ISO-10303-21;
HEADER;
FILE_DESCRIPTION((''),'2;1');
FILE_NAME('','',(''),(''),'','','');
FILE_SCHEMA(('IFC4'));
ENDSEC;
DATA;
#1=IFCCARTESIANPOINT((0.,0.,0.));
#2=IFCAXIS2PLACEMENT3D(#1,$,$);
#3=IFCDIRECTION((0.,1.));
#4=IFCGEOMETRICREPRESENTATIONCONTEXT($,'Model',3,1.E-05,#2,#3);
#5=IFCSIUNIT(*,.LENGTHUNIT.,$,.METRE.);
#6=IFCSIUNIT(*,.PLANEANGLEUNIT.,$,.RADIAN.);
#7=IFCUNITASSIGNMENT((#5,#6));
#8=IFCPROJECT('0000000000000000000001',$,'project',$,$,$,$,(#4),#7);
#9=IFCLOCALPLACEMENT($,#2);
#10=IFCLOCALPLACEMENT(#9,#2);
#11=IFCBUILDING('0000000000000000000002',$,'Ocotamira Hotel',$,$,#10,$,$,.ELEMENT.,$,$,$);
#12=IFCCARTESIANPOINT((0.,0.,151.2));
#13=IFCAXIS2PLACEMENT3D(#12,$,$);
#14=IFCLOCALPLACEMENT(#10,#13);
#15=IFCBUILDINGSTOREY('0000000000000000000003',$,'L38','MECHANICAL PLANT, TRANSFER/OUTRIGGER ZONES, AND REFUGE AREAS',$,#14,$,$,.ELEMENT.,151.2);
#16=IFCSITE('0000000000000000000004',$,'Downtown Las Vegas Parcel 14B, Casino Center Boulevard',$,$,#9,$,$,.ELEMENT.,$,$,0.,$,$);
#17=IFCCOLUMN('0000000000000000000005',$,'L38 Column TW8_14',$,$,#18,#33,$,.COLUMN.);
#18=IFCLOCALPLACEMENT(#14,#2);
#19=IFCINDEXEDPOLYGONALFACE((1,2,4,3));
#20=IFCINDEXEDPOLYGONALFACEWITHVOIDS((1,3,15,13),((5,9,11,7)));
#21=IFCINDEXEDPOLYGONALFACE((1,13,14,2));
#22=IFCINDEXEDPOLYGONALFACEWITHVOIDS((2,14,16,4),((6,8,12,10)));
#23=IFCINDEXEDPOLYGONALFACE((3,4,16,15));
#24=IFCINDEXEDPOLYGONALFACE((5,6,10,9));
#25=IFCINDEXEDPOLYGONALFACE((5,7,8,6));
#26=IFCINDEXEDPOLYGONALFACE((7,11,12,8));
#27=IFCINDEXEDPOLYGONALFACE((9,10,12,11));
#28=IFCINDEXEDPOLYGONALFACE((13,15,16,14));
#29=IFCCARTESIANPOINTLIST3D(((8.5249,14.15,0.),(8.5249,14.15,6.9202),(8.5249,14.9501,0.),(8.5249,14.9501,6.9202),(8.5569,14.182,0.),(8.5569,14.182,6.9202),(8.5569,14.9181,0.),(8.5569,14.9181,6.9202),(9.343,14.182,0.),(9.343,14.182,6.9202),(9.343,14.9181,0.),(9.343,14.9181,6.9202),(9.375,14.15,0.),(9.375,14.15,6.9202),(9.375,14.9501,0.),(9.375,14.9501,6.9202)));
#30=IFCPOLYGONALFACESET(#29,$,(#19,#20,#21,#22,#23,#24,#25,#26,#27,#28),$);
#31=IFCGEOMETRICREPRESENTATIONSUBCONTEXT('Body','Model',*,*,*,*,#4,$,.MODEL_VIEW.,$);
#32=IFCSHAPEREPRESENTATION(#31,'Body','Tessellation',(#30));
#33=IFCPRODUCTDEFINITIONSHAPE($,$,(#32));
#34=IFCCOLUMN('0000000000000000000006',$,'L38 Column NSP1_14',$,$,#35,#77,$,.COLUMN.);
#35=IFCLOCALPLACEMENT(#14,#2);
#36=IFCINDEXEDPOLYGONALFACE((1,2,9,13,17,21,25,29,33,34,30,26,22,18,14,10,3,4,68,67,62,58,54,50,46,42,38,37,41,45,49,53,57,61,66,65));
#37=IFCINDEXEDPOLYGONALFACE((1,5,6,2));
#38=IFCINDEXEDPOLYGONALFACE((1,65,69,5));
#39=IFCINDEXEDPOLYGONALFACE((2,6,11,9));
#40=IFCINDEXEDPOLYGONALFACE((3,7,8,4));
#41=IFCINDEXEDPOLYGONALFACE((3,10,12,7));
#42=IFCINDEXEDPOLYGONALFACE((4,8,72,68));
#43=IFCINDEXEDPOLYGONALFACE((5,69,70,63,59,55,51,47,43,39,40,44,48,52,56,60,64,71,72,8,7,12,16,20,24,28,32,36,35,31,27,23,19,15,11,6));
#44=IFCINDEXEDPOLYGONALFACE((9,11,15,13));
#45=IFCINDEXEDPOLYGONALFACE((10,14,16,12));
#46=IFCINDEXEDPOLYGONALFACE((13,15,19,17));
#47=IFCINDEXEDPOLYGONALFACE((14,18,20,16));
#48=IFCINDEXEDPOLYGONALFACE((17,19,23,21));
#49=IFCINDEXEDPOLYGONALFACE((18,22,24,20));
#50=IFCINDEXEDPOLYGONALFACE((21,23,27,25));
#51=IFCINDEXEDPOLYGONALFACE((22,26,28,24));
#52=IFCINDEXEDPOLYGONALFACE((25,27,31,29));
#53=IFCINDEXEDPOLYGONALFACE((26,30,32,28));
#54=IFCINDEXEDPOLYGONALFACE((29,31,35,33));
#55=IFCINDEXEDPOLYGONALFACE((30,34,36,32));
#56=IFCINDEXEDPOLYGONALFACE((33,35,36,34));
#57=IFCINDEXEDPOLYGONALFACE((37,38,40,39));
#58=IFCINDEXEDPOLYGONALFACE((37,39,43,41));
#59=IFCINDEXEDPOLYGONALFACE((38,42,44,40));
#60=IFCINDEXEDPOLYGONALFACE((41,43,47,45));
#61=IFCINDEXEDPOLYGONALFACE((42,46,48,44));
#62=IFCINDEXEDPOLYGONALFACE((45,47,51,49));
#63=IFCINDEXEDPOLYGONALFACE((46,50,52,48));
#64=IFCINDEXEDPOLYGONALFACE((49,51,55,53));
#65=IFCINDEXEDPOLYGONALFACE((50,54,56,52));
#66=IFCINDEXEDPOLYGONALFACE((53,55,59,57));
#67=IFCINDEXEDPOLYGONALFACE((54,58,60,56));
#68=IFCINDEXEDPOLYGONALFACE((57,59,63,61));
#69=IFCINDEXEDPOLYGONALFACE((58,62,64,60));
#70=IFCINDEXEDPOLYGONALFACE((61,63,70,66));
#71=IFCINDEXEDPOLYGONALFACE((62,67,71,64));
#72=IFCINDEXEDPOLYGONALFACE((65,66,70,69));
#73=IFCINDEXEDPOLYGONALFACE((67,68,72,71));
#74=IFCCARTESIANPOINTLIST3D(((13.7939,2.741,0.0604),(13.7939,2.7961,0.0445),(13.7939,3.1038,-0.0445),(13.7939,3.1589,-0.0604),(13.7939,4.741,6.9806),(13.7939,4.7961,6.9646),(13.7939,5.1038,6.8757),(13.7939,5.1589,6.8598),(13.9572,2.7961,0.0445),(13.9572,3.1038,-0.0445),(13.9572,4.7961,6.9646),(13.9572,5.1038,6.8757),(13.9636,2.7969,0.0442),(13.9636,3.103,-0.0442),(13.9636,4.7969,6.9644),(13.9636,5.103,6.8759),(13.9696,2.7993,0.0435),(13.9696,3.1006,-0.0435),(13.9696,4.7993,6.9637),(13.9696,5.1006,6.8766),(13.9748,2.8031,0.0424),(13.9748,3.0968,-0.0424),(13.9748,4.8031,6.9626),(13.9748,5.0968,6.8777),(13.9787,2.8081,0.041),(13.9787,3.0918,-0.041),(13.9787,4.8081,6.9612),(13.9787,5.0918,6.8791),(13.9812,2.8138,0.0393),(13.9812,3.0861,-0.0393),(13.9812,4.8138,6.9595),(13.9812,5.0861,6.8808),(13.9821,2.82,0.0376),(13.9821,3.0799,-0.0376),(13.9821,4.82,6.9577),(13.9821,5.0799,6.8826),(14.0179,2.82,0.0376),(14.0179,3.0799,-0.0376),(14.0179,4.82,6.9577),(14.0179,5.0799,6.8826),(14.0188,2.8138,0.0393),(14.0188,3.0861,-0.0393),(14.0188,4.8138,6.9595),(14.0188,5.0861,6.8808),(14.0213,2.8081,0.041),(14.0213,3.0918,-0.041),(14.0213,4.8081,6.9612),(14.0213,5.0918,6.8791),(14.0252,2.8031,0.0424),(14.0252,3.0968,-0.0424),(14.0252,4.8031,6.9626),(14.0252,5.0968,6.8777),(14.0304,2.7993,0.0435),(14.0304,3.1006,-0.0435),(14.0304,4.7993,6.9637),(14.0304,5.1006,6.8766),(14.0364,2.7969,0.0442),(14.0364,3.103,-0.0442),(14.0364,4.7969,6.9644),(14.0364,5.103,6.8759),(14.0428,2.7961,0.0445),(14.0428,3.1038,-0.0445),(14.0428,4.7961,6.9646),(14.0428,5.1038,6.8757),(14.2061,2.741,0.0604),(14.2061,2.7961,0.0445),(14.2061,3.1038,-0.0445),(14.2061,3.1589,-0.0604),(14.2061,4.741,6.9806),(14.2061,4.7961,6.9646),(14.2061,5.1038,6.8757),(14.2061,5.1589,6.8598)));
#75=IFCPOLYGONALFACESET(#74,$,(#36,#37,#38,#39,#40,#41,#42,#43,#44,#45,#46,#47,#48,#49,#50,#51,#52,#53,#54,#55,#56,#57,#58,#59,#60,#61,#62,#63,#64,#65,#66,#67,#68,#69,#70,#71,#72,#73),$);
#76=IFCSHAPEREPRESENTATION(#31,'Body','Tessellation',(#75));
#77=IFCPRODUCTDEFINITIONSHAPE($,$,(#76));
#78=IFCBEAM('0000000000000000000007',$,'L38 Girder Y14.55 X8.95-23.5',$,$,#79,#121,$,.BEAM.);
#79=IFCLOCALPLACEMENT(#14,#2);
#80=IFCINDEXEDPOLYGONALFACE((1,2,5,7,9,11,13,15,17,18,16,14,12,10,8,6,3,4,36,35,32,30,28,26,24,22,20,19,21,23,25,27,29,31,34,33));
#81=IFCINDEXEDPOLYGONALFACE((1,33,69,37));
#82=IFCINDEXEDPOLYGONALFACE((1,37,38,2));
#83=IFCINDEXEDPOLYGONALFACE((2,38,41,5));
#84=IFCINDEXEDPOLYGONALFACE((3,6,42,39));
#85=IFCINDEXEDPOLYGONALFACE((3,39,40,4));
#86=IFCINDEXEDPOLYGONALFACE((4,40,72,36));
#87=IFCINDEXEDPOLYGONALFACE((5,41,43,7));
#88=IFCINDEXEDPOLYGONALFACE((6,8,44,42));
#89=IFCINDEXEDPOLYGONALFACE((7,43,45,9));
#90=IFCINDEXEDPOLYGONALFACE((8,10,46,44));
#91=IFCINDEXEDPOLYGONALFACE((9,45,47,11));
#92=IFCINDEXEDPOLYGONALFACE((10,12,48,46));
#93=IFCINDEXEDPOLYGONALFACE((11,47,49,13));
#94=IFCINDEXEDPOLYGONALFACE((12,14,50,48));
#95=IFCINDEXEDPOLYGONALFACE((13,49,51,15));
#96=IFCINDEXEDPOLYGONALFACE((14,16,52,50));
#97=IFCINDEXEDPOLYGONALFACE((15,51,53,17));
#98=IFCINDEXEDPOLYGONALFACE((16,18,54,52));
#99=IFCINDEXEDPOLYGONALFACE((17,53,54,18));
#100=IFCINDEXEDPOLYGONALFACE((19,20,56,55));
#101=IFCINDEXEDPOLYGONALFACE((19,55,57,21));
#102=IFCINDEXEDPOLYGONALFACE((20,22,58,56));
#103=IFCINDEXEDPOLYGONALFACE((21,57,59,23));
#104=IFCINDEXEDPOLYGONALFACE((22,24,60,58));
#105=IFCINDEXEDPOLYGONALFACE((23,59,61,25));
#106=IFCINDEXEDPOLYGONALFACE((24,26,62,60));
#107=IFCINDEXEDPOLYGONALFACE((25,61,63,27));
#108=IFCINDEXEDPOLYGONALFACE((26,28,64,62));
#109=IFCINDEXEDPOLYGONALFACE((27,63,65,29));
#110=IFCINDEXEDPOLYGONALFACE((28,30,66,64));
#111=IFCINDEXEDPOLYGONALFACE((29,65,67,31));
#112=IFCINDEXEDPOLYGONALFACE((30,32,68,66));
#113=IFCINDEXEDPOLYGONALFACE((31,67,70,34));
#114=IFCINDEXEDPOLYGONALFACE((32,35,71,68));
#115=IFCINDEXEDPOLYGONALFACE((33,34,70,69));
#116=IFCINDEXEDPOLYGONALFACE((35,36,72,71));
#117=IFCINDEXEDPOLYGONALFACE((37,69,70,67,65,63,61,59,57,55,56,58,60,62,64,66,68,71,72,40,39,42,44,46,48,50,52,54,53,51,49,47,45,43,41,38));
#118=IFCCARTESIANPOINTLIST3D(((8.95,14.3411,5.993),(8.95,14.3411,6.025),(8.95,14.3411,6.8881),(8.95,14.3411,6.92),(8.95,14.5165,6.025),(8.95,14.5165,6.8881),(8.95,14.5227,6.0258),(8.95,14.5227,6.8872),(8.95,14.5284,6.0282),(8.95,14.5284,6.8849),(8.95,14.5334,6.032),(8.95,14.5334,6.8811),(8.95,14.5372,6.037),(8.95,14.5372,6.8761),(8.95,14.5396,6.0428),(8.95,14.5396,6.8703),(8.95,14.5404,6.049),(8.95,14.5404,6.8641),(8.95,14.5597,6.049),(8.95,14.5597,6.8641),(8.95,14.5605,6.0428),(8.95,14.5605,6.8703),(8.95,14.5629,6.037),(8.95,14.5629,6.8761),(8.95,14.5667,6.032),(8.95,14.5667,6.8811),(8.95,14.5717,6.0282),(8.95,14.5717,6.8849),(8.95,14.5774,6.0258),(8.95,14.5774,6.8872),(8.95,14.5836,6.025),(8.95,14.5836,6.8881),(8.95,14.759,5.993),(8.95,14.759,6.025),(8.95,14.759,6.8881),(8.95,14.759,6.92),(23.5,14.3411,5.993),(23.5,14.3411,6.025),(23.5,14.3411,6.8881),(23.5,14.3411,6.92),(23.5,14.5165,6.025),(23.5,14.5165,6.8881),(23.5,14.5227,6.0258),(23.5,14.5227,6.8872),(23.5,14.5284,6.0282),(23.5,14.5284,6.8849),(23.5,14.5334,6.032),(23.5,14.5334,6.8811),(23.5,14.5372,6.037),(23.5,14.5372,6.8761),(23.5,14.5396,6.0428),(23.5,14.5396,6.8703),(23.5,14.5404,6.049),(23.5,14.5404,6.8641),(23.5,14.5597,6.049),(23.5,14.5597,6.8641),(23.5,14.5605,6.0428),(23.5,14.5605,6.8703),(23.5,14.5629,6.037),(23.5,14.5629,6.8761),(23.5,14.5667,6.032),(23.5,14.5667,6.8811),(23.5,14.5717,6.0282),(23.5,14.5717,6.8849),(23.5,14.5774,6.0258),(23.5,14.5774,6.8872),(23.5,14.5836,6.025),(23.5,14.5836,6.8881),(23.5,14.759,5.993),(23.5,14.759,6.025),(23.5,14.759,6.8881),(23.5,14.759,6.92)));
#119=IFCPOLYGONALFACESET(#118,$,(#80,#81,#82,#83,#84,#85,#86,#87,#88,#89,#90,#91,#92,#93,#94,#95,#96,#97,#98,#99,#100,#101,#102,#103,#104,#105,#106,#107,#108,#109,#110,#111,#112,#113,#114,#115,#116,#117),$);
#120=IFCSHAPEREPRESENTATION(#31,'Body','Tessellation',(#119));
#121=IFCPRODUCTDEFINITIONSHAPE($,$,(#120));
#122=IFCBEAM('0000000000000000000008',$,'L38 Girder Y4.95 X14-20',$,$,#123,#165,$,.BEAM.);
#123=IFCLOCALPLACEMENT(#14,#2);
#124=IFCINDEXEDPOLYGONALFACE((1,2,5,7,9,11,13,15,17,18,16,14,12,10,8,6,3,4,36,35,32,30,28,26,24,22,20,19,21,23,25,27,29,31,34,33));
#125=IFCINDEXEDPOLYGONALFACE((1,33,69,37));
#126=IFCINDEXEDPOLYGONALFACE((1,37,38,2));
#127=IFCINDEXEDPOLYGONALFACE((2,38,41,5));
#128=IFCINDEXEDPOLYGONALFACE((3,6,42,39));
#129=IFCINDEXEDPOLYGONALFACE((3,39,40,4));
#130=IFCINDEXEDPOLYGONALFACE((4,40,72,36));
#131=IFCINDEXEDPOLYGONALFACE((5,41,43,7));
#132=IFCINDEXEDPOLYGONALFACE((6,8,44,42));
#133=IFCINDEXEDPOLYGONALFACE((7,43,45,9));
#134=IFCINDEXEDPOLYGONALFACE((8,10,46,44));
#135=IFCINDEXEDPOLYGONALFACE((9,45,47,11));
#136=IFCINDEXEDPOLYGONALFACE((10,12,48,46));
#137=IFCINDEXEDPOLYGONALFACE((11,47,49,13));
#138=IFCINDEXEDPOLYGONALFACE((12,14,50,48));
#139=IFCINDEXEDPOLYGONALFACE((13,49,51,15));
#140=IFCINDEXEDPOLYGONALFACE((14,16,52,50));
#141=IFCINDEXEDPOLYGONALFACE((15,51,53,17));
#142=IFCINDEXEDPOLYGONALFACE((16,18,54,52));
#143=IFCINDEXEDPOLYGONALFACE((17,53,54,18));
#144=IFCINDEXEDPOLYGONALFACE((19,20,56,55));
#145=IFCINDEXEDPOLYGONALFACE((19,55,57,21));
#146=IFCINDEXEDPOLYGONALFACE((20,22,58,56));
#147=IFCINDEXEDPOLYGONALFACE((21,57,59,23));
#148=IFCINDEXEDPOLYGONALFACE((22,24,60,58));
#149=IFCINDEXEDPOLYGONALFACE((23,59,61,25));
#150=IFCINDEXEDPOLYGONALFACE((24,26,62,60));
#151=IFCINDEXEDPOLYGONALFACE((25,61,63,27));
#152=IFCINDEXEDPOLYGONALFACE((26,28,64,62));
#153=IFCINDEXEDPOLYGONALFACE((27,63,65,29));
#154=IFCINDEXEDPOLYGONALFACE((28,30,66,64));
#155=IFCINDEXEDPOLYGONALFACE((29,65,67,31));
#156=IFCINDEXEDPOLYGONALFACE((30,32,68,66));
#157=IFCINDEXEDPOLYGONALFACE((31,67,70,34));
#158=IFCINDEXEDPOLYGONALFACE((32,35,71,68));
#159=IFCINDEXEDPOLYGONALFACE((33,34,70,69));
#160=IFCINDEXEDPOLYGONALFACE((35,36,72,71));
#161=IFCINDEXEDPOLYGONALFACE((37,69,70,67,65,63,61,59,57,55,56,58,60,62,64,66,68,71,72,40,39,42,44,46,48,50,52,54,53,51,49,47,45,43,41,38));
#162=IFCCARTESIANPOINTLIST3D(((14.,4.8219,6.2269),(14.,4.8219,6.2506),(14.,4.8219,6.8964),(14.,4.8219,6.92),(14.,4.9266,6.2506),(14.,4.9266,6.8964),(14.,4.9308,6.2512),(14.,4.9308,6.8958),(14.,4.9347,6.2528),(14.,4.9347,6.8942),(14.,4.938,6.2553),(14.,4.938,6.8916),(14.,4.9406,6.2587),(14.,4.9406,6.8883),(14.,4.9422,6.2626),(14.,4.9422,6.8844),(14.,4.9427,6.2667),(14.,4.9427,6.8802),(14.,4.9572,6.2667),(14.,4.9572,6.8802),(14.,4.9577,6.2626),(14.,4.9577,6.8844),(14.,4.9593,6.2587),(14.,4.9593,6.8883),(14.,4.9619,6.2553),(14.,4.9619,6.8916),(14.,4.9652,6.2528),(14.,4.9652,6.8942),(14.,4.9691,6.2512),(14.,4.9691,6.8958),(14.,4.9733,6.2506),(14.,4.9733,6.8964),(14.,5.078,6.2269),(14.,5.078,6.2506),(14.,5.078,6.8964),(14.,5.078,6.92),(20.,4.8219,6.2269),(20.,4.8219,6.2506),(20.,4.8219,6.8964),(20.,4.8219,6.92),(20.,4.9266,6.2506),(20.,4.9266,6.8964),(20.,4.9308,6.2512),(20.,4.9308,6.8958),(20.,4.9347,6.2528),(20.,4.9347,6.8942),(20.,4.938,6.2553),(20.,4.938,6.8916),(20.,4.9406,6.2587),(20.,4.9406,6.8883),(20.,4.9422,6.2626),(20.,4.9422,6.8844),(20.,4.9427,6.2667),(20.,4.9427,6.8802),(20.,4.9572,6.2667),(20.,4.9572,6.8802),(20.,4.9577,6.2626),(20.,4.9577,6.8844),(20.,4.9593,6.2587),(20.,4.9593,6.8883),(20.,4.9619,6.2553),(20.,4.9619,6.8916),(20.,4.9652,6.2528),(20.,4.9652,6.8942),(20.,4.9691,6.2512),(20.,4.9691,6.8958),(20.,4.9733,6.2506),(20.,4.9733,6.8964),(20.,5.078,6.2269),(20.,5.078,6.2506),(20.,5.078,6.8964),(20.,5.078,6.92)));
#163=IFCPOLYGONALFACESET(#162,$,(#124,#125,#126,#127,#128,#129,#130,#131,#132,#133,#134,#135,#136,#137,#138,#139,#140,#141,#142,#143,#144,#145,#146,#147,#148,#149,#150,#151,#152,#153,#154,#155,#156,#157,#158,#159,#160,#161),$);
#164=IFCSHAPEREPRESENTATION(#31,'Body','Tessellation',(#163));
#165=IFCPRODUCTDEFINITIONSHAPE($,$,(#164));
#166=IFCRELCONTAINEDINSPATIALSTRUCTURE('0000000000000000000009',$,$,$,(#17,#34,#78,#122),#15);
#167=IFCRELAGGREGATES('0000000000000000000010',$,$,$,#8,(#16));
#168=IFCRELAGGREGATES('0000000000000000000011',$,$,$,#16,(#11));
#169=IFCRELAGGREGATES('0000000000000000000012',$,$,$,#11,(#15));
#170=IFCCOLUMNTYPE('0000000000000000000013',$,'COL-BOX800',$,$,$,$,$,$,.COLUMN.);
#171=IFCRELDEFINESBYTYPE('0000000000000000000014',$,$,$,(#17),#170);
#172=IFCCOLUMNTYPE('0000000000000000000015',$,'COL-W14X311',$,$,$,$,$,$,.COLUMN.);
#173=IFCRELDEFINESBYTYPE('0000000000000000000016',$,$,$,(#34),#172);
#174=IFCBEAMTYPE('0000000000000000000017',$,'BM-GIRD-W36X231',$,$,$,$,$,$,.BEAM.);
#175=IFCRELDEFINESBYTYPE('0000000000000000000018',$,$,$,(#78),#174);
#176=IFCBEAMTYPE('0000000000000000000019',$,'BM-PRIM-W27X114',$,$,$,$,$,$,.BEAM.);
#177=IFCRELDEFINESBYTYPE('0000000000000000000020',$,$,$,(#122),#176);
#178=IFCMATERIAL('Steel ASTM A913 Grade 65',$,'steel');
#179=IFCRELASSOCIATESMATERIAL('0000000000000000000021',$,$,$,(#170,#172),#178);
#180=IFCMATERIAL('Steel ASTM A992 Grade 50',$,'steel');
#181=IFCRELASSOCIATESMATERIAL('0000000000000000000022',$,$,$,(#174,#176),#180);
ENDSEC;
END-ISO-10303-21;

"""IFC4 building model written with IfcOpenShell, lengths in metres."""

from ifc_helpers import new_model, si_unit, direction, frame, origin, origin_2d, place, context, subcontext, project, spatial, hollow_rectangle, i_section, extrude, source, transform, mapped, material, material_profile, profile_set, type_object, element, save


model = new_model("IFC4")

# Units and contexts
model_context = context("Model", 3, precision=1e-05, world=origin(), true_north=direction((0.0, 1.0)))
body_context = subcontext(model_context, "Body", "Model", "MODEL_VIEW")
ifc_project = project(units=[si_unit("LENGTHUNIT", "METRE"), si_unit("PLANEANGLEUNIT", "RADIAN")], contexts=[model_context])

# Site, building, storey
site_placement = place(None, origin())
site = spatial("IfcSite", under=ifc_project, at=site_placement, Name="Downtown Las Vegas Parcel 14B, Casino Center Boulevard", CompositionType="ELEMENT", RefElevation=0.0)
building_placement = place(site_placement, origin())
building = spatial("IfcBuilding", under=site, at=building_placement, Name="Ocotamira Hotel", CompositionType="ELEMENT")
storey_placement = place(building_placement, frame((0.0, 0.0, 151.2)))
storey = spatial("IfcBuildingStorey", under=building, at=storey_placement, Name="L38", Description="MECHANICAL PLANT, TRANSFER/OUTRIGGER ZONES, AND REFUGE AREAS", CompositionType="ELEMENT", Elevation=151.2)

# Columns
ifc_material_1 = material(Name="Steel ASTM A913 Grade 65", Category="steel")
ifc_material_profile_1 = material_profile(ifc_material_1, hollow_rectangle(XDim=0.8501, YDim=0.8, WallThickness=0.032, at=origin_2d()), Name="BOX800X850X32")
ifc_profile_set_1 = profile_set([ifc_material_profile_1], Name="Steel ASTM A913 Grade 65")
column_type_1 = type_object("IfcColumnType", Name="COL-BOX800", PredefinedType="COLUMN", material=ifc_profile_set_1)
shared_shape_1 = source(origin(), body_context, "Body", "SweptSolid", [
    extrude(hollow_rectangle(XDim=0.8501, YDim=0.8, WallThickness=0.032, at=origin_2d()), origin(), (0.0, 0.0, 1.0), 6.9202),
])
column_1_placement = place(storey_placement, frame((8.95, 14.55, 0.0), z_axis=(0.0, 0.0, 1.0), x_axis=(1.0, 0.0, 0.0)))
element("IfcColumn", 1, at=column_1_placement, inside=storey, type_object=column_type_1, Name="L38 Column TW8_14", PredefinedType="COLUMN", context=body_context, shape_type="MappedRepresentation", body=[
    mapped(shared_shape_1, transform((0.0, 0.0, 0.0), scale=1.0)),
])
ifc_material_profile_2 = material_profile(ifc_material_1, i_section(OverallWidth=0.4121, OverallDepth=0.4351, WebThickness=0.0359, FlangeThickness=0.0574, FilletRadius=0.0249, at=origin_2d()), Name="W14X311")
ifc_profile_set_2 = profile_set([ifc_material_profile_2], Name="Steel ASTM A913 Grade 65")
column_type_2 = type_object("IfcColumnType", Name="COL-W14X311", PredefinedType="COLUMN", material=ifc_profile_set_2)
shared_shape_2 = source(origin(), body_context, "Body", "SweptSolid", [
    extrude(i_section(OverallWidth=0.4121, OverallDepth=0.4351, WebThickness=0.0359, FlangeThickness=0.0574, FilletRadius=0.0249, at=origin_2d()), origin(), (0.0, 0.0, 1.0), 7.2034),
])
column_2_placement = place(storey_placement, frame((14.0, 2.95, 0.0), z_axis=(0.0, 0.277647, 0.960683), x_axis=(-1.0, 0.0, 0.0)))
element("IfcColumn", 2, at=column_2_placement, inside=storey, type_object=column_type_2, Name="L38 Column NSP1_14", PredefinedType="COLUMN", context=body_context, shape_type="MappedRepresentation", body=[
    mapped(shared_shape_2, transform((0.0, 0.0, 0.0), scale=1.0)),
])

# Beams
ifc_material_2 = material(Name="Steel ASTM A992 Grade 50", Category="steel")
ifc_material_profile_3 = material_profile(ifc_material_2, i_section(OverallWidth=0.418, OverallDepth=0.927, WebThickness=0.0193, FlangeThickness=0.032, FilletRadius=0.0239, at=origin_2d()), Name="W36X231")
ifc_profile_set_3 = profile_set([ifc_material_profile_3], Name="Steel ASTM A992 Grade 50")
beam_type_1 = type_object("IfcBeamType", Name="BM-GIRD-W36X231", PredefinedType="BEAM", material=ifc_profile_set_3)
shared_shape_3 = source(origin(), body_context, "Body", "SweptSolid", [
    extrude(i_section(OverallWidth=0.418, OverallDepth=0.927, WebThickness=0.0193, FlangeThickness=0.032, FilletRadius=0.0239, at=origin_2d()), origin(), (0.0, 0.0, 1.0), 14.55),
])
beam_1_placement = place(storey_placement, frame((8.95, 14.55, 6.4565), z_axis=(1.0, 0.0, 0.0), x_axis=(0.0, 1.0, 0.0)))
element("IfcBeam", 3, at=beam_1_placement, inside=storey, type_object=beam_type_1, Name="L38 Girder Y14.55 X8.95-23.5", PredefinedType="BEAM", context=body_context, shape_type="MappedRepresentation", body=[
    mapped(shared_shape_3, transform((0.0, 0.0, 0.0), scale=1.0)),
])
ifc_material_profile_4 = material_profile(ifc_material_2, i_section(OverallWidth=0.2561, OverallDepth=0.6931, WebThickness=0.0144, FlangeThickness=0.0237, FilletRadius=0.0161, at=origin_2d()), Name="W27X114")
ifc_profile_set_4 = profile_set([ifc_material_profile_4], Name="Steel ASTM A992 Grade 50")
beam_type_2 = type_object("IfcBeamType", Name="BM-PRIM-W27X114", PredefinedType="BEAM", material=ifc_profile_set_4)
shared_shape_4 = source(origin(), body_context, "Body", "SweptSolid", [
    extrude(i_section(OverallWidth=0.2561, OverallDepth=0.6931, WebThickness=0.0144, FlangeThickness=0.0237, FilletRadius=0.0161, at=origin_2d()), origin(), (0.0, 0.0, 1.0), 6.0),
])
beam_2_placement = place(storey_placement, frame((14.0, 4.95, 6.5735), z_axis=(1.0, 0.0, 0.0), x_axis=(0.0, 1.0, 0.0)))
element("IfcBeam", 4, at=beam_2_placement, inside=storey, type_object=beam_type_2, Name="L38 Girder Y4.95 X14-20", PredefinedType="BEAM", context=body_context, shape_type="MappedRepresentation", body=[
    mapped(shared_shape_4, transform((0.0, 0.0, 0.0), scale=1.0)),
])

save(model, "model.ifc")
